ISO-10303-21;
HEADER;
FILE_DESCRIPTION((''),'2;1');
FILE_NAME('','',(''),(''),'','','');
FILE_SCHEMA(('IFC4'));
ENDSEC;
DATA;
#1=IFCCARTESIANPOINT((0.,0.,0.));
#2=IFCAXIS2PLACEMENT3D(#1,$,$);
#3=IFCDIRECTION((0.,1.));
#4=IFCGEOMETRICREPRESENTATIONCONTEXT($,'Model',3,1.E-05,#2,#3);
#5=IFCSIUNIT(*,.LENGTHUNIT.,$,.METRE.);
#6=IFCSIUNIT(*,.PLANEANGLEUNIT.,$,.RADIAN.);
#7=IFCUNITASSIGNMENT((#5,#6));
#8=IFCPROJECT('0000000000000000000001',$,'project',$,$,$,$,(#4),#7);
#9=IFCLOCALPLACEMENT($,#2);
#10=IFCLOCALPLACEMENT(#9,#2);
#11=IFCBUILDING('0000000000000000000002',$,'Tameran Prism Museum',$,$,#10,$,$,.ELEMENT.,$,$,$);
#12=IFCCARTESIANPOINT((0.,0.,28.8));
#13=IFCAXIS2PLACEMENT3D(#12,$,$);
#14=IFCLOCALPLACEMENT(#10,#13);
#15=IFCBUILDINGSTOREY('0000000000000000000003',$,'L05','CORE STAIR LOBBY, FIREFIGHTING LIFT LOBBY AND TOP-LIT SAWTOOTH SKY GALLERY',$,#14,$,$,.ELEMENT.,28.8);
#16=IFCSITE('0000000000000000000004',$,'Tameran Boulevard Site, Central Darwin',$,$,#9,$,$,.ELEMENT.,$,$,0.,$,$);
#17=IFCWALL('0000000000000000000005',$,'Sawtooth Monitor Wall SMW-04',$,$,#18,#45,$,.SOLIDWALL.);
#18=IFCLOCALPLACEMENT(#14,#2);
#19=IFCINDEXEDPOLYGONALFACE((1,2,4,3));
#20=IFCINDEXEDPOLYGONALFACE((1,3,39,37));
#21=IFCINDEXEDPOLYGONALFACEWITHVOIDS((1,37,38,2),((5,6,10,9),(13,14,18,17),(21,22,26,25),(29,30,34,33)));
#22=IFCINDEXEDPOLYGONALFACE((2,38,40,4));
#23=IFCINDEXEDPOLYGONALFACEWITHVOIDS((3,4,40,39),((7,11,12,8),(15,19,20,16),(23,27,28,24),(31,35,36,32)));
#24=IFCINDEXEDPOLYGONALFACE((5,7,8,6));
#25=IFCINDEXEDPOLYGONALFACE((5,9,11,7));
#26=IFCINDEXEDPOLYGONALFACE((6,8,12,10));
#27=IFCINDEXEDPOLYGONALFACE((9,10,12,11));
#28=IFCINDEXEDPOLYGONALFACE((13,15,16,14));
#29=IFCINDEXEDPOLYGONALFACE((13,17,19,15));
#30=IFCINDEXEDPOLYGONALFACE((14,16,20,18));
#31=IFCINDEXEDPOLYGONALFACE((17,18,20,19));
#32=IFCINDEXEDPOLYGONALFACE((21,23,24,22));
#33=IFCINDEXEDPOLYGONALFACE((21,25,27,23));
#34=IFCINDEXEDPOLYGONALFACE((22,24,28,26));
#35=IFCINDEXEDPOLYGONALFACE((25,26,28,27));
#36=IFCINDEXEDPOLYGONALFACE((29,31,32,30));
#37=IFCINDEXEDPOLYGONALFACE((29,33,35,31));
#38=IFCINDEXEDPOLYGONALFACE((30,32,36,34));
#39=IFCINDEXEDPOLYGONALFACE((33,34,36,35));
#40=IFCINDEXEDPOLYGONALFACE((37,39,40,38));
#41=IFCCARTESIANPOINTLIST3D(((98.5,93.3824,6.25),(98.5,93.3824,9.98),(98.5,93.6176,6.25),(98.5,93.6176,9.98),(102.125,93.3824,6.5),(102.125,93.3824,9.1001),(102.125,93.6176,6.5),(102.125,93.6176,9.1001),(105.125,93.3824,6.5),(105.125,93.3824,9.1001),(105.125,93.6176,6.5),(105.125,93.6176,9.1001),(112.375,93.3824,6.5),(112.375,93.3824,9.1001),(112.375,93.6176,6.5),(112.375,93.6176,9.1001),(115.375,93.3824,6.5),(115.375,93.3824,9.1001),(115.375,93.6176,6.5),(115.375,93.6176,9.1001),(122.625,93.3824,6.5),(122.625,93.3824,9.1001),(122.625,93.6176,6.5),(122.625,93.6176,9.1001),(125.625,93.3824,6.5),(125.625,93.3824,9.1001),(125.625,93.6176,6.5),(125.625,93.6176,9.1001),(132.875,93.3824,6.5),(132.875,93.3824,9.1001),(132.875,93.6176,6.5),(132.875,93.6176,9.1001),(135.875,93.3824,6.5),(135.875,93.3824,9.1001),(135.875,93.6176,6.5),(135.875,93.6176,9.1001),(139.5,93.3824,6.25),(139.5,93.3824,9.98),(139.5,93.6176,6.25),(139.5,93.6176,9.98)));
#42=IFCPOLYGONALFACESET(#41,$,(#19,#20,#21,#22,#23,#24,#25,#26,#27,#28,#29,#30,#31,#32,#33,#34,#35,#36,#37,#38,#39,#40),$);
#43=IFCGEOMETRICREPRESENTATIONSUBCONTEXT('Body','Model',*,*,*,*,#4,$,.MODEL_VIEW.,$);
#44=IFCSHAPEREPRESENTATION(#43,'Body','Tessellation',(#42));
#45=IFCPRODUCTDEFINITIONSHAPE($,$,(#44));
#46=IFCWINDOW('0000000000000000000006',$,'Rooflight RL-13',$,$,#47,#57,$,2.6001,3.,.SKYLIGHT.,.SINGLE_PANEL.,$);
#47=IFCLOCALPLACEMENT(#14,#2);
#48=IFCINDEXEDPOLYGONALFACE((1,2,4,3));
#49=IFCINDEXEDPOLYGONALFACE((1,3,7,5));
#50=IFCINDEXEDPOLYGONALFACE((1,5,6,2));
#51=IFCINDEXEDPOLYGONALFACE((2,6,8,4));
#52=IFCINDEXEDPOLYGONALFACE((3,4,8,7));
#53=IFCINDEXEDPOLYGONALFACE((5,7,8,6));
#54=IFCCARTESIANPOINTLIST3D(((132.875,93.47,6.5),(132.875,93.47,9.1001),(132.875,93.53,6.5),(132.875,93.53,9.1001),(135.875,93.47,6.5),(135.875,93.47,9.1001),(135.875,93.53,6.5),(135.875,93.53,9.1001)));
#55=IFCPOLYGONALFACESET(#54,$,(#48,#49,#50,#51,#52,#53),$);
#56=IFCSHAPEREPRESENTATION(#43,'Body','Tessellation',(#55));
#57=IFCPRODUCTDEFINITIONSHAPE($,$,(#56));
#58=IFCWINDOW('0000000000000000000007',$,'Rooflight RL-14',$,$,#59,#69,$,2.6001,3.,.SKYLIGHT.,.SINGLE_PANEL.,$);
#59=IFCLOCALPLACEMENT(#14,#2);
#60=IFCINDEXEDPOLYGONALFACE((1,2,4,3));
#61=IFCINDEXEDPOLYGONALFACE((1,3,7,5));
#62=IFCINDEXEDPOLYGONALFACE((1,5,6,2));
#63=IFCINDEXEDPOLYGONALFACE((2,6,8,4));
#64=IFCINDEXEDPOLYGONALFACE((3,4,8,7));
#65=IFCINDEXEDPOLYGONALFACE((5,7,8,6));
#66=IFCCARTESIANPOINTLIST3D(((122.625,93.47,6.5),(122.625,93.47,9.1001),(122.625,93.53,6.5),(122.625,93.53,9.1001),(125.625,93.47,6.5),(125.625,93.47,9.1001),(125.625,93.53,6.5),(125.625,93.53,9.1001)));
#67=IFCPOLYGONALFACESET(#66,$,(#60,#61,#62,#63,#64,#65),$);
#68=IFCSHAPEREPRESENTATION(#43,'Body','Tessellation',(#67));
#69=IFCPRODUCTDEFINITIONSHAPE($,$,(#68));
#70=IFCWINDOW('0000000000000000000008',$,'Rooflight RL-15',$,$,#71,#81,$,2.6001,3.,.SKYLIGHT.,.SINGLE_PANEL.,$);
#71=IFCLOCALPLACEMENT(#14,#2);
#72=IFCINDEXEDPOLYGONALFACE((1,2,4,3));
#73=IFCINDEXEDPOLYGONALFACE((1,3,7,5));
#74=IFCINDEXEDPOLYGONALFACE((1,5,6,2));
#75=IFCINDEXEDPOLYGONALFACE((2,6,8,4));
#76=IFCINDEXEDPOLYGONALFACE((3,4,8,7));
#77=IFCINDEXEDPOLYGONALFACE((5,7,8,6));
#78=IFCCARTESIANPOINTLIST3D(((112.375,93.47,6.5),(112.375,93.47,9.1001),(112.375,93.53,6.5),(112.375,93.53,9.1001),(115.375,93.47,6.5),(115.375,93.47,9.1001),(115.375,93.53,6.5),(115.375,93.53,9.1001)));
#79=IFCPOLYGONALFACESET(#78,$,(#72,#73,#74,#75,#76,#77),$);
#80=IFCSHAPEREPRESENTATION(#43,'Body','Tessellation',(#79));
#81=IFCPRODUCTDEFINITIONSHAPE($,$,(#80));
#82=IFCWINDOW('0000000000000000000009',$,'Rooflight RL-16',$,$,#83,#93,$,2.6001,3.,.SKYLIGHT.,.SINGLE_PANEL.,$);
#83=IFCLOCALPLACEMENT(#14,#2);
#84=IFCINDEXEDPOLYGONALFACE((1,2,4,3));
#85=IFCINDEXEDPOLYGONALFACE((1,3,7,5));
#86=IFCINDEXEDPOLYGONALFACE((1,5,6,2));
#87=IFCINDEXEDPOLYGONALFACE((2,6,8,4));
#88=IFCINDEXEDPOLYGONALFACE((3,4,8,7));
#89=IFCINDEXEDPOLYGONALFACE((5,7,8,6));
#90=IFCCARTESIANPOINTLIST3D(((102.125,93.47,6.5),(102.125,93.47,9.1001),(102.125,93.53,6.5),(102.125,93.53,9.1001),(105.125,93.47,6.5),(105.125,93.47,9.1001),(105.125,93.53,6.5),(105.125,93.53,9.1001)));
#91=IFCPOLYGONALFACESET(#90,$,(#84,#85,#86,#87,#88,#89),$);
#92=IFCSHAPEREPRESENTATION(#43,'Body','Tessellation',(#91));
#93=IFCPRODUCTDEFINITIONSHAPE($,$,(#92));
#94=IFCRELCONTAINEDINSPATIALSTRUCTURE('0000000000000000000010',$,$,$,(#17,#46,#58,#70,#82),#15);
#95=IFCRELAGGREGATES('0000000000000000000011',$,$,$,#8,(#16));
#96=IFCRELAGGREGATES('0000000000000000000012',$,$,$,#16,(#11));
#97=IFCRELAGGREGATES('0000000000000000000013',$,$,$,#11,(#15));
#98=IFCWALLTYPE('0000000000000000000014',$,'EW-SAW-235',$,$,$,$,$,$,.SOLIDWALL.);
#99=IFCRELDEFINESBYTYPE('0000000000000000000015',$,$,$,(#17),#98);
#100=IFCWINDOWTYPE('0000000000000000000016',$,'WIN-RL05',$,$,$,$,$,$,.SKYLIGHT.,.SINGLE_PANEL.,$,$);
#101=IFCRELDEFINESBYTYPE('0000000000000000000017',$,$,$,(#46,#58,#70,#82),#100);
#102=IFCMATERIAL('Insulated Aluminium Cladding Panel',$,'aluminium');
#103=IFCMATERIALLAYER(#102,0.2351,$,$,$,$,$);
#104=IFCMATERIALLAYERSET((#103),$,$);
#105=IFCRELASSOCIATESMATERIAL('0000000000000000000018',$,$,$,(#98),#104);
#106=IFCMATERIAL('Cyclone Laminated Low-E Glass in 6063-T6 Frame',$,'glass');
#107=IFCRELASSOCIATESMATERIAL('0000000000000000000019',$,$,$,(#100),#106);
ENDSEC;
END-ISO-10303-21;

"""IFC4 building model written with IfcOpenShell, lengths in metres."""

from ifc_helpers import new_model, si_unit, direction, frame, frame_2d, origin, place, context, subcontext, project, spatial, rectangle, extrude, material, layer, layer_set, type_object, element, fill, save


model = new_model("IFC4")

# Units and contexts
model_context = context("Model", 3, precision=1e-05, world=origin(), true_north=direction((0.0, 1.0)))
body_context = subcontext(model_context, "Body", "Model", "MODEL_VIEW")
ifc_project = project(units=[si_unit("LENGTHUNIT", "METRE"), si_unit("PLANEANGLEUNIT", "RADIAN")], contexts=[model_context])

# Site, building, storey
site_placement = place(None, origin())
site = spatial("IfcSite", under=ifc_project, at=site_placement, Name="Tameran Boulevard Site, Central Darwin", CompositionType="ELEMENT", RefElevation=0.0)
building_placement = place(site_placement, origin())
building = spatial("IfcBuilding", under=site, at=building_placement, Name="Tameran Prism Museum", CompositionType="ELEMENT")
storey_placement = place(building_placement, frame((0.0, 0.0, 28.8)))
storey = spatial("IfcBuildingStorey", under=building, at=storey_placement, Name="L05", Description="CORE STAIR LOBBY, FIREFIGHTING LIFT LOBBY AND TOP-LIT SAWTOOTH SKY GALLERY", CompositionType="ELEMENT", Elevation=28.8)

# Wall, openings, windows
ifc_material_1 = material(Name="Insulated Aluminium Cladding Panel", Category="aluminium")
ifc_layer_1 = layer(ifc_material_1, 0.2351)
ifc_layer_set_1 = layer_set([ifc_layer_1])
wall_type = type_object("IfcWallType", Name="EW-SAW-235", PredefinedType="SOLIDWALL", material=ifc_layer_set_1)
wall_placement = place(storey_placement, frame((139.5, 93.5, 6.25), z_axis=(0.0, 0.0, 1.0), x_axis=(-1.0, 0.0, 0.0)))
wall = element("IfcWall", 1, at=wall_placement, inside=storey, type_object=wall_type, Name="Sawtooth Monitor Wall SMW-04", PredefinedType="SOLIDWALL", context=body_context, shape_type="SweptSolid", body=[
    extrude(rectangle(XDim=41.0, YDim=0.2351, at=frame_2d((20.5, 0.0))), origin(), (0.0, 0.0, 1.0), 3.73),
])
opening_1_placement = place(wall_placement, frame((3.625, 0.0, 0.25)))
opening_1 = element("IfcOpeningElement", 2, at=opening_1_placement, cuts=wall, PredefinedType="OPENING", context=body_context, shape_type="SweptSolid", body=[
    extrude(rectangle(XDim=3.0, YDim=2.6001, at=frame_2d((1.5, 1.3))), frame((0.0, 0.1274, 0.0), z_axis=(0.0, -1.0, 0.0), x_axis=(1.0, 0.0, 0.0)), (0.0, 0.0, 1.0), 0.2551),
])
opening_2_placement = place(wall_placement, frame((13.875, 0.0, 0.25)))
opening_2 = element("IfcOpeningElement", 3, at=opening_2_placement, cuts=wall, PredefinedType="OPENING", context=body_context, shape_type="SweptSolid", body=[
    extrude(rectangle(XDim=3.0, YDim=2.6001, at=frame_2d((1.5, 1.3))), frame((0.0, 0.1274, 0.0), z_axis=(0.0, -1.0, 0.0), x_axis=(1.0, 0.0, 0.0)), (0.0, 0.0, 1.0), 0.2551),
])
opening_3_placement = place(wall_placement, frame((24.125, 0.0, 0.25)))
opening_3 = element("IfcOpeningElement", 4, at=opening_3_placement, cuts=wall, PredefinedType="OPENING", context=body_context, shape_type="SweptSolid", body=[
    extrude(rectangle(XDim=3.0, YDim=2.6001, at=frame_2d((1.5, 1.3))), frame((0.0, 0.1274, 0.0), z_axis=(0.0, -1.0, 0.0), x_axis=(1.0, 0.0, 0.0)), (0.0, 0.0, 1.0), 0.2551),
])
opening_4_placement = place(wall_placement, frame((34.375, 0.0, 0.25)))
opening_4 = element("IfcOpeningElement", 5, at=opening_4_placement, cuts=wall, PredefinedType="OPENING", context=body_context, shape_type="SweptSolid", body=[
    extrude(rectangle(XDim=3.0, YDim=2.6001, at=frame_2d((1.5, 1.3))), frame((0.0, 0.1274, 0.0), z_axis=(0.0, -1.0, 0.0), x_axis=(1.0, 0.0, 0.0)), (0.0, 0.0, 1.0), 0.2551),
])
ifc_material_2 = material(Name="Cyclone Laminated Low-E Glass in 6063-T6 Frame", Category="glass")
window_type = type_object("IfcWindowType", Name="WIN-RL05", PartitioningType="SINGLE_PANEL", PredefinedType="SKYLIGHT", material=ifc_material_2)
window_1_placement = place(opening_1_placement, origin())
window_1 = element("IfcWindow", 6, at=window_1_placement, inside=storey, type_object=window_type, Name="Rooflight RL-13", OverallHeight=2.6001, OverallWidth=3.0, PartitioningType="SINGLE_PANEL", PredefinedType="SKYLIGHT", context=body_context, shape_type="SweptSolid", body=[
    extrude(rectangle(XDim=3.0, YDim=2.6001, at=frame_2d((1.5, 1.3))), frame((0.0, 0.03, 0.0), z_axis=(0.0, -1.0, 0.0), x_axis=(1.0, 0.0, 0.0)), (0.0, 0.0, 1.0), 0.0601),
])
fill(opening_1, window_1)
window_2_placement = place(opening_2_placement, origin())
window_2 = element("IfcWindow", 7, at=window_2_placement, inside=storey, type_object=window_type, Name="Rooflight RL-14", OverallHeight=2.6001, OverallWidth=3.0, PartitioningType="SINGLE_PANEL", PredefinedType="SKYLIGHT", context=body_context, shape_type="SweptSolid", body=[
    extrude(rectangle(XDim=3.0, YDim=2.6001, at=frame_2d((1.5, 1.3))), frame((0.0, 0.03, 0.0), z_axis=(0.0, -1.0, 0.0), x_axis=(1.0, 0.0, 0.0)), (0.0, 0.0, 1.0), 0.0601),
])
fill(opening_2, window_2)
window_3_placement = place(opening_3_placement, origin())
window_3 = element("IfcWindow", 8, at=window_3_placement, inside=storey, type_object=window_type, Name="Rooflight RL-15", OverallHeight=2.6001, OverallWidth=3.0, PartitioningType="SINGLE_PANEL", PredefinedType="SKYLIGHT", context=body_context, shape_type="SweptSolid", body=[
    extrude(rectangle(XDim=3.0, YDim=2.6001, at=frame_2d((1.5, 1.3))), frame((0.0, 0.03, 0.0), z_axis=(0.0, -1.0, 0.0), x_axis=(1.0, 0.0, 0.0)), (0.0, 0.0, 1.0), 0.0601),
])
fill(opening_3, window_3)
window_4_placement = place(opening_4_placement, origin())
window_4 = element("IfcWindow", 9, at=window_4_placement, inside=storey, type_object=window_type, Name="Rooflight RL-16", OverallHeight=2.6001, OverallWidth=3.0, PartitioningType="SINGLE_PANEL", PredefinedType="SKYLIGHT", context=body_context, shape_type="SweptSolid", body=[
    extrude(rectangle(XDim=3.0, YDim=2.6001, at=frame_2d((1.5, 1.3))), frame((0.0, 0.03, 0.0), z_axis=(0.0, -1.0, 0.0), x_axis=(1.0, 0.0, 0.0)), (0.0, 0.0, 1.0), 0.0601),
])
fill(opening_4, window_4)

save(model, "model.ifc")
